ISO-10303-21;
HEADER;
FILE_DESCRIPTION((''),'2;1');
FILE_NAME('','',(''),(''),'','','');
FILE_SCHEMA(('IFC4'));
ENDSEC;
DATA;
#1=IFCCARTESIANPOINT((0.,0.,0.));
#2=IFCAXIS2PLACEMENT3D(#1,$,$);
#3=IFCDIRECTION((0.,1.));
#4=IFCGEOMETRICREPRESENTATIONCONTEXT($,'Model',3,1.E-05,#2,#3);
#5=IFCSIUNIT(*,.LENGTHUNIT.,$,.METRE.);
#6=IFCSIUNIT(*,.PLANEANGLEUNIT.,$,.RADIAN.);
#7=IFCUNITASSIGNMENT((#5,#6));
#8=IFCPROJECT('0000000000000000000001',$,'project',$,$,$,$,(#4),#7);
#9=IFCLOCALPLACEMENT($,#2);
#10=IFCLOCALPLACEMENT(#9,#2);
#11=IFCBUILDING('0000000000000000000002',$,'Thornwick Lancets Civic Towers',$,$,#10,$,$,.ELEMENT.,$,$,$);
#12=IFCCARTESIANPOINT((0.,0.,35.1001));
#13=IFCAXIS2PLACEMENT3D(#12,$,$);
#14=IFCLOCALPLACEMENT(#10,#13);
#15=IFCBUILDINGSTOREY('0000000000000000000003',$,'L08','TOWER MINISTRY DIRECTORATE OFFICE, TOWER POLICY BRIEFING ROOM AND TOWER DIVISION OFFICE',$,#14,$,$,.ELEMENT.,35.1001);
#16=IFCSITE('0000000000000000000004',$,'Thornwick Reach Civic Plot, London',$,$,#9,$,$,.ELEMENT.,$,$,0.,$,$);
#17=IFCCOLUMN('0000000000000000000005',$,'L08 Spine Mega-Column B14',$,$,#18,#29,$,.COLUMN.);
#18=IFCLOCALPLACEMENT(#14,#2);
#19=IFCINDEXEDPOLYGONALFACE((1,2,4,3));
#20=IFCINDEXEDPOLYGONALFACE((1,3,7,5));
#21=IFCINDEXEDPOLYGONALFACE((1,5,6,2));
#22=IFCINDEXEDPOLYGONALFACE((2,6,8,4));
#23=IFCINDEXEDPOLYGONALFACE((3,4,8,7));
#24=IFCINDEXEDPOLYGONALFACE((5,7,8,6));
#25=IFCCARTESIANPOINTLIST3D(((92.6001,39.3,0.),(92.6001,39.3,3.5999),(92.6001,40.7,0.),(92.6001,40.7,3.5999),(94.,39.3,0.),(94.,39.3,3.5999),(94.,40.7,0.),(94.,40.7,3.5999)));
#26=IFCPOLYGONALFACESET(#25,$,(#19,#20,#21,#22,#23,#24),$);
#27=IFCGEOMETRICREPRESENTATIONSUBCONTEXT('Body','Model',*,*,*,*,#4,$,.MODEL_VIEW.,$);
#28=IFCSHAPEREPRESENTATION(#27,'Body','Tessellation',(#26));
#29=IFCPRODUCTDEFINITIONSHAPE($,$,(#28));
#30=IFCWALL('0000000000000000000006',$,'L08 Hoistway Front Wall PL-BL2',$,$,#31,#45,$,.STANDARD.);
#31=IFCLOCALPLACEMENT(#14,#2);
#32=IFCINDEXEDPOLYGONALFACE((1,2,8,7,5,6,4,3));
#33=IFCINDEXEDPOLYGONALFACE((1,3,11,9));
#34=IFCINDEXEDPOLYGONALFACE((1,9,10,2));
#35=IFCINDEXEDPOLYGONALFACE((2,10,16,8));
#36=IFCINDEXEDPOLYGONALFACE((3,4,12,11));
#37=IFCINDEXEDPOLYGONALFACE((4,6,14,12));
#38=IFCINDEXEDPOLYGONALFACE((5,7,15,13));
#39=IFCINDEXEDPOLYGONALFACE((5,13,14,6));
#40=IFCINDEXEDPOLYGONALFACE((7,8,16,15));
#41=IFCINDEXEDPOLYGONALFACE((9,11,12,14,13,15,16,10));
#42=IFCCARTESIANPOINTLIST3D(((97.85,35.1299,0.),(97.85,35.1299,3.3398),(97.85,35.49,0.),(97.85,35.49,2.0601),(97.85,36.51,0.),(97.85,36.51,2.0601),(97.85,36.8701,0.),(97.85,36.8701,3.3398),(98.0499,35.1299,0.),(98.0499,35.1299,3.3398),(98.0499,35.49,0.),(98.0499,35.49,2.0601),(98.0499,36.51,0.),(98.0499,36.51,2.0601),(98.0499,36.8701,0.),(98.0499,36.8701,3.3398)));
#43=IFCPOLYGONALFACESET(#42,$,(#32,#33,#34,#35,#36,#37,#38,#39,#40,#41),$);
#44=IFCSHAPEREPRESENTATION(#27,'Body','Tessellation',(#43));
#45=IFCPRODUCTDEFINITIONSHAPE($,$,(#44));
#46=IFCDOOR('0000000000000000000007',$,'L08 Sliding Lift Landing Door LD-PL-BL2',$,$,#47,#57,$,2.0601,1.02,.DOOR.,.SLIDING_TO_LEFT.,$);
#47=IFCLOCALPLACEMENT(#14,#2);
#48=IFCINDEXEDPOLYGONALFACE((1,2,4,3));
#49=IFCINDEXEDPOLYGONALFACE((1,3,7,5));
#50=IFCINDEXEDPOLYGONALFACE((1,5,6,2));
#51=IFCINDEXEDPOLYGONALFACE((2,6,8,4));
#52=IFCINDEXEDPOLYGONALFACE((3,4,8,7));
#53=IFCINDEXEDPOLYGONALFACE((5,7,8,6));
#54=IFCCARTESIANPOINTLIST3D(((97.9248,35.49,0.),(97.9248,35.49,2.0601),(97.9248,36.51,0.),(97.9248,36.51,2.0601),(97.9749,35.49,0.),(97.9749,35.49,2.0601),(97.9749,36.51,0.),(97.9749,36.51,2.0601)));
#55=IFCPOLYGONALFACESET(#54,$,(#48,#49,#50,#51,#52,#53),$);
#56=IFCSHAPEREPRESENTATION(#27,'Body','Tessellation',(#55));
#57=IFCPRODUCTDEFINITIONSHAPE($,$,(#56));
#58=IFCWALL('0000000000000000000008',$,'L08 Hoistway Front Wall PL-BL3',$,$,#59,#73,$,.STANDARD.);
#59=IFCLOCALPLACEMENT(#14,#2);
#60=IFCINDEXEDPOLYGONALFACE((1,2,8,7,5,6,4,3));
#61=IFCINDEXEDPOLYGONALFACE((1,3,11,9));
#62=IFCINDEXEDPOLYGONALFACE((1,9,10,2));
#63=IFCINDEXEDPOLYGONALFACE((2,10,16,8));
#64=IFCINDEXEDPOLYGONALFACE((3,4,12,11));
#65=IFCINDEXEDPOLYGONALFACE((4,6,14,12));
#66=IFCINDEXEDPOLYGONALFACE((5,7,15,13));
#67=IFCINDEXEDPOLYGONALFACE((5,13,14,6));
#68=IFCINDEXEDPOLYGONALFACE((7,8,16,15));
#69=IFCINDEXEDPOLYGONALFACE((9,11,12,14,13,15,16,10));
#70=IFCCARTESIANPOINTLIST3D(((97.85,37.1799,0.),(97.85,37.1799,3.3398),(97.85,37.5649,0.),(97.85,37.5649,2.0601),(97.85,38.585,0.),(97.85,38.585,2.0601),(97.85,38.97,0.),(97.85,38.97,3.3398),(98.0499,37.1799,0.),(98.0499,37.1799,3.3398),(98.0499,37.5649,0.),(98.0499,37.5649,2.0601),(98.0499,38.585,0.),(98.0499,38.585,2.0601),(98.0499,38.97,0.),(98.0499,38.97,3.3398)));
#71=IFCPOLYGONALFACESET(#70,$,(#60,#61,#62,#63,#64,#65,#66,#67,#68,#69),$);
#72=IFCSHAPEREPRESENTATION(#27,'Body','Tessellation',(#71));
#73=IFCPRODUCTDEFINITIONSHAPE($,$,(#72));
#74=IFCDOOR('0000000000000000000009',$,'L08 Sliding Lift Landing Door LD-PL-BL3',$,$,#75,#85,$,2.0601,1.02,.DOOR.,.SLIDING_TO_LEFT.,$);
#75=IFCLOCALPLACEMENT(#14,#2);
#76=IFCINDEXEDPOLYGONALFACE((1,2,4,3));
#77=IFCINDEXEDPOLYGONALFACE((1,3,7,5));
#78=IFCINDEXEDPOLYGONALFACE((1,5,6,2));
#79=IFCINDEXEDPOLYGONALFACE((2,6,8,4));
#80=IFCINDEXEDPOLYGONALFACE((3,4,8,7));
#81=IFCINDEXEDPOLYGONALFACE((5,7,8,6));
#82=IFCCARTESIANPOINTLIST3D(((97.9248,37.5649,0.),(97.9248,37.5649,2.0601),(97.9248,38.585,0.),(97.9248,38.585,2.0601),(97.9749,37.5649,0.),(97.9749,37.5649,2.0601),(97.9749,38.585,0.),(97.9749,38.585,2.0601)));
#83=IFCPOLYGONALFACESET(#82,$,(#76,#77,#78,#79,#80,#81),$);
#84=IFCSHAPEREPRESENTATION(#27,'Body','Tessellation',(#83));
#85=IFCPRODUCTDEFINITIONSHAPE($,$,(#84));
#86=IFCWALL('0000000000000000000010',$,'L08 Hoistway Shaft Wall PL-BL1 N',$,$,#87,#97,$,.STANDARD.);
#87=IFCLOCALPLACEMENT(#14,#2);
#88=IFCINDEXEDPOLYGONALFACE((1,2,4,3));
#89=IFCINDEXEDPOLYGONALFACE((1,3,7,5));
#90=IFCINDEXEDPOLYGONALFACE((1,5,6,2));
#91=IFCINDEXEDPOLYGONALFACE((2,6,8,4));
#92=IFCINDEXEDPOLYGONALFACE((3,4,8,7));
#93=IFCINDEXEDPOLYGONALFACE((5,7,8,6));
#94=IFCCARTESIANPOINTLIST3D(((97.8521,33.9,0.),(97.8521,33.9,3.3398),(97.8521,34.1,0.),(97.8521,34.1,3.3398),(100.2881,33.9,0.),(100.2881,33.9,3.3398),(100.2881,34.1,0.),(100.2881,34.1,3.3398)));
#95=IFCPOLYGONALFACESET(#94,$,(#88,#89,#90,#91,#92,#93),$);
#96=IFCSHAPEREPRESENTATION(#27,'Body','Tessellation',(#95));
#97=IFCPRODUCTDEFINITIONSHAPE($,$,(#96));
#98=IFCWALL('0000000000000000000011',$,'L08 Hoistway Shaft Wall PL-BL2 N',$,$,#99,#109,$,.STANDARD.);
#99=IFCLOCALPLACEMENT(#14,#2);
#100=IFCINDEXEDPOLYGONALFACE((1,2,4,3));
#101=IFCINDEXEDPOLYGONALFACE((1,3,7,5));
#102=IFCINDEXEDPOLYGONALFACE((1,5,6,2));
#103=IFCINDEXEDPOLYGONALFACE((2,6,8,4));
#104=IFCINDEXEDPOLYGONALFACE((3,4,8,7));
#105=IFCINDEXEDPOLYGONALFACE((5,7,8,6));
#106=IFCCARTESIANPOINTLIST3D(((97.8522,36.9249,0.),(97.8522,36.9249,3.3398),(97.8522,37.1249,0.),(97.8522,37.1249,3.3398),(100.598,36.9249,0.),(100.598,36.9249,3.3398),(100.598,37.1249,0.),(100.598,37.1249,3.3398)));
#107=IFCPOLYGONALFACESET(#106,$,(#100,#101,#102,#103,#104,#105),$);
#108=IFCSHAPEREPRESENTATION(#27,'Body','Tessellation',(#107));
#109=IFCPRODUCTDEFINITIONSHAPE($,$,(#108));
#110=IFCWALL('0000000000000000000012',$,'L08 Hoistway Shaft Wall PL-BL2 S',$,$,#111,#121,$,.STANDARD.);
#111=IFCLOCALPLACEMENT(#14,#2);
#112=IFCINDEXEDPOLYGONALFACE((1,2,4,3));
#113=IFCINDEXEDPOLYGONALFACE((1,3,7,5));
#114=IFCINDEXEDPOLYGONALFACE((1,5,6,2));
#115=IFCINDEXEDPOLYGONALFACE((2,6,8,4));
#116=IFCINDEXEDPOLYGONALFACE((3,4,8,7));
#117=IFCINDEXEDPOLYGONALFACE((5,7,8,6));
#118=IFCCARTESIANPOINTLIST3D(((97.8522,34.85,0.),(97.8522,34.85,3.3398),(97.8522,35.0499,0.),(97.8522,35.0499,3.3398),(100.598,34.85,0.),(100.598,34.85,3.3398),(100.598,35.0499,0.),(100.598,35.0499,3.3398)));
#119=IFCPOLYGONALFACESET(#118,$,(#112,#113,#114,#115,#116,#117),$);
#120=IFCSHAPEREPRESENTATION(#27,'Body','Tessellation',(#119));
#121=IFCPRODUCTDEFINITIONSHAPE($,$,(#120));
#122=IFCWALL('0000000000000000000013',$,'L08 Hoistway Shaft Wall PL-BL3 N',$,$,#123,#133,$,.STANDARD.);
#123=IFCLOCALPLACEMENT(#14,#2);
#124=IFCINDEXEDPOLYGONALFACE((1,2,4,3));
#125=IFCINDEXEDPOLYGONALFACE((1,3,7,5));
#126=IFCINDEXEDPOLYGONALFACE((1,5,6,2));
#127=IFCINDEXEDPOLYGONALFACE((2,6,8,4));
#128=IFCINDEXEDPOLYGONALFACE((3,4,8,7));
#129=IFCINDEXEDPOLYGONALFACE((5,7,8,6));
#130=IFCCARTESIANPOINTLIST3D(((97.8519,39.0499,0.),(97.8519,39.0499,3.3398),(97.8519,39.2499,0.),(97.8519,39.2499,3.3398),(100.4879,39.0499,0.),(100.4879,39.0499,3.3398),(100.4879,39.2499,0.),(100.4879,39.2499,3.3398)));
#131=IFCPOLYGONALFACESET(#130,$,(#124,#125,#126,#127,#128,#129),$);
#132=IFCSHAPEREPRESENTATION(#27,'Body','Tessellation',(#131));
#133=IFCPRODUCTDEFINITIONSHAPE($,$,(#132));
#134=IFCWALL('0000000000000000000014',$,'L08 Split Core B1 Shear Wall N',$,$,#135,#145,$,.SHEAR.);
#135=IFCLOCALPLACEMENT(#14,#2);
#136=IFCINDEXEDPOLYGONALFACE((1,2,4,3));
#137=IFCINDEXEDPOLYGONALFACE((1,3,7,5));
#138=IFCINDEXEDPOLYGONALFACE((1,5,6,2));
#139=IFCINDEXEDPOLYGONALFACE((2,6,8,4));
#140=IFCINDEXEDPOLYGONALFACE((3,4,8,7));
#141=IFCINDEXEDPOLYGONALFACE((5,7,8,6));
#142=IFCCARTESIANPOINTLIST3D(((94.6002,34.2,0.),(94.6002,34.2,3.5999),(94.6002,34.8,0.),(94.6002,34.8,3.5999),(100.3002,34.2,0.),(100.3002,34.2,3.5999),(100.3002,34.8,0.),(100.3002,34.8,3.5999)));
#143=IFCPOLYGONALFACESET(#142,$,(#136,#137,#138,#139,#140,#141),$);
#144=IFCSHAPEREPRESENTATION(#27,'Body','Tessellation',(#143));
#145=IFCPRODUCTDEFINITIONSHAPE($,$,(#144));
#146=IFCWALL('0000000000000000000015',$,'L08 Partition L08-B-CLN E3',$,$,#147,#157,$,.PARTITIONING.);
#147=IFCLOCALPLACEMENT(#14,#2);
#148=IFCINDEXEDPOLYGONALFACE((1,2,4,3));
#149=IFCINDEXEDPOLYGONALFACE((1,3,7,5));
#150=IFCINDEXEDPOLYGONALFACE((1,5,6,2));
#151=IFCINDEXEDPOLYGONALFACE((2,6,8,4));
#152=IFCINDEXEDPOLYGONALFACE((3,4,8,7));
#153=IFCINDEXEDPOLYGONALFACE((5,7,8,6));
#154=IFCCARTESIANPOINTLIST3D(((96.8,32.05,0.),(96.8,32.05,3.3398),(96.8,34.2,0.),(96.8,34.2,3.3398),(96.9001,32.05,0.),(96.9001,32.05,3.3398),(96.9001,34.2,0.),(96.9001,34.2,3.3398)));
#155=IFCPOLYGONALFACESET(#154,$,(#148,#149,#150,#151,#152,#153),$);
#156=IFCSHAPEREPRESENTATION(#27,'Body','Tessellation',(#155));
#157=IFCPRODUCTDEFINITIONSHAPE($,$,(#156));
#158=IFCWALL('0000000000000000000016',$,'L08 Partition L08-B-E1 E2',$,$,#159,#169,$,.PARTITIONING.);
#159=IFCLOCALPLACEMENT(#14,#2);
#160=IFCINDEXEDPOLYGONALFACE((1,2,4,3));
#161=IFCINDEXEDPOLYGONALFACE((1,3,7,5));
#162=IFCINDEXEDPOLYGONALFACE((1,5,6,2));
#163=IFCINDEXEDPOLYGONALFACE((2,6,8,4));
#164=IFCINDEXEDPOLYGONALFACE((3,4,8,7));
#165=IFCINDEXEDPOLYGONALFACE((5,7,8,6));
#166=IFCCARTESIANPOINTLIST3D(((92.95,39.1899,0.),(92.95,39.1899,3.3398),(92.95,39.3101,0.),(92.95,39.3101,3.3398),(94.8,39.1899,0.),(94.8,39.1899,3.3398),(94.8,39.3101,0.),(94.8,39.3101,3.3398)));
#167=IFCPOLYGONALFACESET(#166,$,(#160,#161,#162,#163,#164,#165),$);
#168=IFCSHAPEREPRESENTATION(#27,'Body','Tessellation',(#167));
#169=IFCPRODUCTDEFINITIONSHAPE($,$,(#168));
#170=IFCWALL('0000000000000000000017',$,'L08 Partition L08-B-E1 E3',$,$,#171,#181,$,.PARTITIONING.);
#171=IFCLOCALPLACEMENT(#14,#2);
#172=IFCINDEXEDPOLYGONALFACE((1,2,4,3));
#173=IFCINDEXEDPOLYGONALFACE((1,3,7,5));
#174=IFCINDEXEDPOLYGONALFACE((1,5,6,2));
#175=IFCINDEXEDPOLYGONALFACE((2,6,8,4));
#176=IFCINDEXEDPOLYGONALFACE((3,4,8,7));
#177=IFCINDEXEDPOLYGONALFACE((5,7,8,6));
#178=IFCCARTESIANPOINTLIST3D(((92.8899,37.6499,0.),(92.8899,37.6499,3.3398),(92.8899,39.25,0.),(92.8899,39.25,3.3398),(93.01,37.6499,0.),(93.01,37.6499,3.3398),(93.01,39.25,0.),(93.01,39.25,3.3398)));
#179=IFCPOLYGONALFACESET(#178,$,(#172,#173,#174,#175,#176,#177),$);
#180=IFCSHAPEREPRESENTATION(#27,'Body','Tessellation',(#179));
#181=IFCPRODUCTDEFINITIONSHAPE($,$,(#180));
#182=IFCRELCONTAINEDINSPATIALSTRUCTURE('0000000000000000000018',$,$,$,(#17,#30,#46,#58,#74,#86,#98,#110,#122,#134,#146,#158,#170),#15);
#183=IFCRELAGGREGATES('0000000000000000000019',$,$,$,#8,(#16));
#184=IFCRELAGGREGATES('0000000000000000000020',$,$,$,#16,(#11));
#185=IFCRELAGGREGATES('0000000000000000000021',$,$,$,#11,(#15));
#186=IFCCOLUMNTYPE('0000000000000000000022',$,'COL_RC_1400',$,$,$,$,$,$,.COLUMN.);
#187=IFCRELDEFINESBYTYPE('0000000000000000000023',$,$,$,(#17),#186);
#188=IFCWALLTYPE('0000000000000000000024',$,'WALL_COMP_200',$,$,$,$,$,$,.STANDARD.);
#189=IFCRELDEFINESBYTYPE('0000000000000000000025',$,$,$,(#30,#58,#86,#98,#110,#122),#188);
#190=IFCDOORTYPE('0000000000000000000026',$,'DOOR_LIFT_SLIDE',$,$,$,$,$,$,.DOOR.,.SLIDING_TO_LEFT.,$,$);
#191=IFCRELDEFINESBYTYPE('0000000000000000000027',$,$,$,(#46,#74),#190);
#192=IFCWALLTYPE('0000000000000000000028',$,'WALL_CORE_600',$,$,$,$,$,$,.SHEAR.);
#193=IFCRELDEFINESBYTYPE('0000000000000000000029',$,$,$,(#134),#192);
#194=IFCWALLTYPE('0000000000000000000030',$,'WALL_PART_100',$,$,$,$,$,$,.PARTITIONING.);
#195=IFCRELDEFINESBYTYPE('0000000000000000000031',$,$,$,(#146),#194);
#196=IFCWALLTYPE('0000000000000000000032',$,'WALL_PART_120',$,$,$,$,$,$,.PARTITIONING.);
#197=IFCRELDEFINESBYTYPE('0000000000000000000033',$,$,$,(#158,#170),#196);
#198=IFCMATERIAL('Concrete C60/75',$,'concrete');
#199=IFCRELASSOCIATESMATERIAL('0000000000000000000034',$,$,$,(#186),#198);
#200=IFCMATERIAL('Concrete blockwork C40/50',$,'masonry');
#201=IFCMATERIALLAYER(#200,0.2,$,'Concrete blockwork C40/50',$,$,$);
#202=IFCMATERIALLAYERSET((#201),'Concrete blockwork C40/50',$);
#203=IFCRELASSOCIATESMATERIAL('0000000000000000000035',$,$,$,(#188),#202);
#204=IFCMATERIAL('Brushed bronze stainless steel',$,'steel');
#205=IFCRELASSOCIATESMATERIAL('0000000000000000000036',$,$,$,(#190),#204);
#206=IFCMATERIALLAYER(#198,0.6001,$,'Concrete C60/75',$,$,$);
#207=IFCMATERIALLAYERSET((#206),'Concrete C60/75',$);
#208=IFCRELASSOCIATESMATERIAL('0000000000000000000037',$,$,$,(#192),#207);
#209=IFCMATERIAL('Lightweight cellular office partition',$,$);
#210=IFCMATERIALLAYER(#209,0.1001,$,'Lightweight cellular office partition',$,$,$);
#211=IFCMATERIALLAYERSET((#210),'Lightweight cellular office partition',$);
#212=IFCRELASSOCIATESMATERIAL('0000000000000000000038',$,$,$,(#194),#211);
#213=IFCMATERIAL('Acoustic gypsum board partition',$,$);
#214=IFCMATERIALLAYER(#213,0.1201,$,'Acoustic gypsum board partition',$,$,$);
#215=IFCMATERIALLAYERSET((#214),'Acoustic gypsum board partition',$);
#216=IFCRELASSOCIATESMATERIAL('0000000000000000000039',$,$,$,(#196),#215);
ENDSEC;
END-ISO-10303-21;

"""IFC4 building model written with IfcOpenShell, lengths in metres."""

from ifc_helpers import new_model, si_unit, direction, frame, frame_2d, origin, origin_2d, place, context, subcontext, project, spatial, rectangle, extrude, material, layer, layer_set, material_profile, profile_set, type_object, element, fill, save


model = new_model("IFC4")

# Units and contexts
model_context = context("Model", 3, precision=1e-05, world=origin(), true_north=direction((0.0, 1.0)))
body_context = subcontext(model_context, "Body", "Model", "MODEL_VIEW")
ifc_project = project(units=[si_unit("LENGTHUNIT", "METRE"), si_unit("PLANEANGLEUNIT", "RADIAN")], contexts=[model_context])

# Site, building, storey
site_placement = place(None, origin())
site = spatial("IfcSite", under=ifc_project, at=site_placement, Name="Thornwick Reach Civic Plot, London", CompositionType="ELEMENT", RefElevation=0.0)
building_placement = place(site_placement, origin())
building = spatial("IfcBuilding", under=site, at=building_placement, Name="Thornwick Lancets Civic Towers", CompositionType="ELEMENT")
storey_placement = place(building_placement, frame((0.0, 0.0, 35.1001)))
storey = spatial("IfcBuildingStorey", under=building, at=storey_placement, Name="L08", Description="TOWER MINISTRY DIRECTORATE OFFICE, TOWER POLICY BRIEFING ROOM AND TOWER DIVISION OFFICE", CompositionType="ELEMENT", Elevation=35.1001)

# Column
ifc_material_1 = material(Name="Concrete C60/75", Category="concrete")
ifc_material_profile = material_profile(ifc_material_1, rectangle(XDim=1.3999, YDim=1.3999, at=origin_2d()), Name="RC 1400x1400")
ifc_profile_set = profile_set([ifc_material_profile], Name="Concrete C60/75")
column_type = type_object("IfcColumnType", Name="COL_RC_1400", PredefinedType="COLUMN", material=ifc_profile_set)
column_placement = place(storey_placement, frame((93.3, 40.0, 0.0), z_axis=(0.0, 0.0, 1.0), x_axis=(1.0, 0.0, 0.0)))
element("IfcColumn", 1, at=column_placement, inside=storey, type_object=column_type, Name="L08 Spine Mega-Column B14", PredefinedType="COLUMN", context=body_context, shape_type="SweptSolid", body=[
    extrude(rectangle(XDim=1.3999, YDim=1.3999, at=origin_2d()), origin(), (0.0, 0.0, 1.0), 3.5999),
])

# Walls, openings, doors
ifc_material_2 = material(Name="Concrete blockwork C40/50", Category="masonry")
ifc_layer_1 = layer(ifc_material_2, 0.2, Name="Concrete blockwork C40/50")
ifc_layer_set_1 = layer_set([ifc_layer_1], Name="Concrete blockwork C40/50")
wall_type_1 = type_object("IfcWallType", Name="WALL_COMP_200", PredefinedType="STANDARD", material=ifc_layer_set_1)
wall_1_placement = place(storey_placement, frame((97.95, 36.8701, 0.0), z_axis=(0.0, 0.0, 1.0), x_axis=(0.0, -1.0, 0.0)))
wall_1 = element("IfcWall", 2, at=wall_1_placement, inside=storey, type_object=wall_type_1, Name="L08 Hoistway Front Wall PL-BL2", PredefinedType="STANDARD", context=body_context, shape_type="SweptSolid", body=[
    extrude(rectangle(XDim=1.7402, YDim=0.2, at=frame_2d((0.8701, 0.0))), origin(), (0.0, 0.0, 1.0), 3.3398),
])
opening_1_placement = place(wall_1_placement, frame((0.3601, 0.0, 0.0)))
opening_1 = element("IfcOpeningElement", 3, at=opening_1_placement, cuts=wall_1, PredefinedType="OPENING", context=body_context, shape_type="SweptSolid", body=[
    extrude(rectangle(XDim=1.02, YDim=2.0601, at=frame_2d((0.51, 1.03))), frame((0.0, 0.1099, 0.0), z_axis=(0.0, -1.0, 0.0), x_axis=(1.0, 0.0, 0.0)), (0.0, 0.0, 1.0), 0.22),
])
ifc_material_3 = material(Name="Brushed bronze stainless steel", Category="steel")
door_type_1 = type_object("IfcDoorType", Name="DOOR_LIFT_SLIDE", OperationType="SLIDING_TO_LEFT", PredefinedType="DOOR", material=ifc_material_3)
door_1_placement = place(opening_1_placement, origin())
door_1 = element("IfcDoor", 4, at=door_1_placement, inside=storey, type_object=door_type_1, Name="L08 Sliding Lift Landing Door LD-PL-BL2", OperationType="SLIDING_TO_LEFT", OverallHeight=2.0601, OverallWidth=1.02, PredefinedType="DOOR", context=body_context, shape_type="SweptSolid", body=[
    extrude(rectangle(XDim=1.02, YDim=2.0601, at=frame_2d((0.51, 1.03))), frame((0.0, 0.0249, 0.0), z_axis=(0.0, -1.0, 0.0), x_axis=(1.0, 0.0, 0.0)), (0.0, 0.0, 1.0), 0.05),
])
fill(opening_1, door_1)
wall_2_placement = place(storey_placement, frame((97.95, 38.97, 0.0), z_axis=(0.0, 0.0, 1.0), x_axis=(0.0, -1.0, 0.0)))
wall_2 = element("IfcWall", 5, at=wall_2_placement, inside=storey, type_object=wall_type_1, Name="L08 Hoistway Front Wall PL-BL3", PredefinedType="STANDARD", context=body_context, shape_type="SweptSolid", body=[
    extrude(rectangle(XDim=1.79, YDim=0.2, at=frame_2d((0.895, 0.0))), origin(), (0.0, 0.0, 1.0), 3.3398),
])
opening_2_placement = place(wall_2_placement, frame((0.385, 0.0, 0.0)))
opening_2 = element("IfcOpeningElement", 6, at=opening_2_placement, cuts=wall_2, PredefinedType="OPENING", context=body_context, shape_type="SweptSolid", body=[
    extrude(rectangle(XDim=1.02, YDim=2.0601, at=frame_2d((0.51, 1.03))), frame((0.0, 0.1099, 0.0), z_axis=(0.0, -1.0, 0.0), x_axis=(1.0, 0.0, 0.0)), (0.0, 0.0, 1.0), 0.22),
])
door_2_placement = place(opening_2_placement, origin())
door_2 = element("IfcDoor", 7, at=door_2_placement, inside=storey, type_object=door_type_1, Name="L08 Sliding Lift Landing Door LD-PL-BL3", OperationType="SLIDING_TO_LEFT", OverallHeight=2.0601, OverallWidth=1.02, PredefinedType="DOOR", context=body_context, shape_type="SweptSolid", body=[
    extrude(rectangle(XDim=1.02, YDim=2.0601, at=frame_2d((0.51, 1.03))), frame((0.0, 0.0249, 0.0), z_axis=(0.0, -1.0, 0.0), x_axis=(1.0, 0.0, 0.0)), (0.0, 0.0, 1.0), 0.05),
])
fill(opening_2, door_2)

# Walls
wall_3_placement = place(storey_placement, frame((97.8521, 34.0, 0.0), z_axis=(0.0, 0.0, 1.0), x_axis=(1.0, 0.0, 0.0)))
element("IfcWall", 8, at=wall_3_placement, inside=storey, type_object=wall_type_1, Name="L08 Hoistway Shaft Wall PL-BL1 N", PredefinedType="STANDARD", context=body_context, shape_type="SweptSolid", body=[
    extrude(rectangle(XDim=2.436, YDim=0.2, at=frame_2d((1.218, 0.0))), origin(), (0.0, 0.0, 1.0), 3.3398),
])
for number, where, z_axis, x_axis, name in (
    (9, (97.8521, 37.0249, 0.0), (0.0, 0.0, 1.0), (1.0, 0.0, 0.0), "L08 Hoistway Shaft Wall PL-BL2 N"),
    (10, (97.8521, 34.95, 0.0), (0.0, 0.0, 1.0), (1.0, 0.0, 0.0), "L08 Hoistway Shaft Wall PL-BL2 S"),
):
    element("IfcWall", number, at=place(storey_placement, frame(where, z_axis=z_axis, x_axis=x_axis)), inside=storey, type_object=wall_type_1, Name=name, PredefinedType="STANDARD", context=body_context, shape_type="SweptSolid", body=[
        extrude(rectangle(XDim=2.7458, YDim=0.2, at=frame_2d((1.373, 0.0))), origin(), (0.0, 0.0, 1.0), 3.3398),
    ])
wall_4_placement = place(storey_placement, frame((97.8521, 39.1499, 0.0), z_axis=(0.0, 0.0, 1.0), x_axis=(1.0, 0.0, 0.0)))
element("IfcWall", 11, at=wall_4_placement, inside=storey, type_object=wall_type_1, Name="L08 Hoistway Shaft Wall PL-BL3 N", PredefinedType="STANDARD", context=body_context, shape_type="SweptSolid", body=[
    extrude(rectangle(XDim=2.636, YDim=0.2, at=frame_2d((1.3179, 0.0))), origin(), (0.0, 0.0, 1.0), 3.3398),
])
ifc_layer_2 = layer(ifc_material_1, 0.6001, Name="Concrete C60/75")
ifc_layer_set_2 = layer_set([ifc_layer_2], Name="Concrete C60/75")
wall_type_2 = type_object("IfcWallType", Name="WALL_CORE_600", PredefinedType="SHEAR", material=ifc_layer_set_2)
wall_5_placement = place(storey_placement, frame((94.6001, 34.5, 0.0), z_axis=(0.0, 0.0, 1.0), x_axis=(1.0, 0.0, 0.0)))
element("IfcWall", 12, at=wall_5_placement, inside=storey, type_object=wall_type_2, Name="L08 Split Core B1 Shear Wall N", PredefinedType="SHEAR", context=body_context, shape_type="SweptSolid", body=[
    extrude(rectangle(XDim=5.7, YDim=0.6001, at=frame_2d((2.8501, 0.0))), origin(), (0.0, 0.0, 1.0), 3.5999),
])
ifc_material_4 = material(Name="Lightweight cellular office partition")
ifc_layer_3 = layer(ifc_material_4, 0.1001, Name="Lightweight cellular office partition")
ifc_layer_set_3 = layer_set([ifc_layer_3], Name="Lightweight cellular office partition")
wall_type_3 = type_object("IfcWallType", Name="WALL_PART_100", PredefinedType="PARTITIONING", material=ifc_layer_set_3)
wall_6_placement = place(storey_placement, frame((96.8501, 34.2, 0.0), z_axis=(0.0, 0.0, 1.0), x_axis=(0.0, -1.0, 0.0)))
element("IfcWall", 13, at=wall_6_placement, inside=storey, type_object=wall_type_3, Name="L08 Partition L08-B-CLN E3", PredefinedType="PARTITIONING", context=body_context, shape_type="SweptSolid", body=[
    extrude(rectangle(XDim=2.1499, YDim=0.1001, at=frame_2d((1.075, 0.0))), origin(), (0.0, 0.0, 1.0), 3.3398),
])
ifc_material_5 = material(Name="Acoustic gypsum board partition")
ifc_layer_4 = layer(ifc_material_5, 0.1201, Name="Acoustic gypsum board partition")
ifc_layer_set_4 = layer_set([ifc_layer_4], Name="Acoustic gypsum board partition")
wall_type_4 = type_object("IfcWallType", Name="WALL_PART_120", PredefinedType="PARTITIONING", material=ifc_layer_set_4)
wall_7_placement = place(storey_placement, frame((94.8, 39.25, 0.0), z_axis=(0.0, 0.0, 1.0), x_axis=(-1.0, 0.0, 0.0)))
element("IfcWall", 14, at=wall_7_placement, inside=storey, type_object=wall_type_4, Name="L08 Partition L08-B-E1 E2", PredefinedType="PARTITIONING", context=body_context, shape_type="SweptSolid", body=[
    extrude(rectangle(XDim=1.8501, YDim=0.1201, at=frame_2d((0.925, 0.0))), origin(), (0.0, 0.0, 1.0), 3.3398),
])
wall_8_placement = place(storey_placement, frame((92.95, 39.25, 0.0), z_axis=(0.0, 0.0, 1.0), x_axis=(0.0, -1.0, 0.0)))
element("IfcWall", 15, at=wall_8_placement, inside=storey, type_object=wall_type_4, Name="L08 Partition L08-B-E1 E3", PredefinedType="PARTITIONING", context=body_context, shape_type="SweptSolid", body=[
    extrude(rectangle(XDim=1.6001, YDim=0.1201, at=frame_2d((0.8, 0.0))), origin(), (0.0, 0.0, 1.0), 3.3398),
])

save(model, "model.ifc")
